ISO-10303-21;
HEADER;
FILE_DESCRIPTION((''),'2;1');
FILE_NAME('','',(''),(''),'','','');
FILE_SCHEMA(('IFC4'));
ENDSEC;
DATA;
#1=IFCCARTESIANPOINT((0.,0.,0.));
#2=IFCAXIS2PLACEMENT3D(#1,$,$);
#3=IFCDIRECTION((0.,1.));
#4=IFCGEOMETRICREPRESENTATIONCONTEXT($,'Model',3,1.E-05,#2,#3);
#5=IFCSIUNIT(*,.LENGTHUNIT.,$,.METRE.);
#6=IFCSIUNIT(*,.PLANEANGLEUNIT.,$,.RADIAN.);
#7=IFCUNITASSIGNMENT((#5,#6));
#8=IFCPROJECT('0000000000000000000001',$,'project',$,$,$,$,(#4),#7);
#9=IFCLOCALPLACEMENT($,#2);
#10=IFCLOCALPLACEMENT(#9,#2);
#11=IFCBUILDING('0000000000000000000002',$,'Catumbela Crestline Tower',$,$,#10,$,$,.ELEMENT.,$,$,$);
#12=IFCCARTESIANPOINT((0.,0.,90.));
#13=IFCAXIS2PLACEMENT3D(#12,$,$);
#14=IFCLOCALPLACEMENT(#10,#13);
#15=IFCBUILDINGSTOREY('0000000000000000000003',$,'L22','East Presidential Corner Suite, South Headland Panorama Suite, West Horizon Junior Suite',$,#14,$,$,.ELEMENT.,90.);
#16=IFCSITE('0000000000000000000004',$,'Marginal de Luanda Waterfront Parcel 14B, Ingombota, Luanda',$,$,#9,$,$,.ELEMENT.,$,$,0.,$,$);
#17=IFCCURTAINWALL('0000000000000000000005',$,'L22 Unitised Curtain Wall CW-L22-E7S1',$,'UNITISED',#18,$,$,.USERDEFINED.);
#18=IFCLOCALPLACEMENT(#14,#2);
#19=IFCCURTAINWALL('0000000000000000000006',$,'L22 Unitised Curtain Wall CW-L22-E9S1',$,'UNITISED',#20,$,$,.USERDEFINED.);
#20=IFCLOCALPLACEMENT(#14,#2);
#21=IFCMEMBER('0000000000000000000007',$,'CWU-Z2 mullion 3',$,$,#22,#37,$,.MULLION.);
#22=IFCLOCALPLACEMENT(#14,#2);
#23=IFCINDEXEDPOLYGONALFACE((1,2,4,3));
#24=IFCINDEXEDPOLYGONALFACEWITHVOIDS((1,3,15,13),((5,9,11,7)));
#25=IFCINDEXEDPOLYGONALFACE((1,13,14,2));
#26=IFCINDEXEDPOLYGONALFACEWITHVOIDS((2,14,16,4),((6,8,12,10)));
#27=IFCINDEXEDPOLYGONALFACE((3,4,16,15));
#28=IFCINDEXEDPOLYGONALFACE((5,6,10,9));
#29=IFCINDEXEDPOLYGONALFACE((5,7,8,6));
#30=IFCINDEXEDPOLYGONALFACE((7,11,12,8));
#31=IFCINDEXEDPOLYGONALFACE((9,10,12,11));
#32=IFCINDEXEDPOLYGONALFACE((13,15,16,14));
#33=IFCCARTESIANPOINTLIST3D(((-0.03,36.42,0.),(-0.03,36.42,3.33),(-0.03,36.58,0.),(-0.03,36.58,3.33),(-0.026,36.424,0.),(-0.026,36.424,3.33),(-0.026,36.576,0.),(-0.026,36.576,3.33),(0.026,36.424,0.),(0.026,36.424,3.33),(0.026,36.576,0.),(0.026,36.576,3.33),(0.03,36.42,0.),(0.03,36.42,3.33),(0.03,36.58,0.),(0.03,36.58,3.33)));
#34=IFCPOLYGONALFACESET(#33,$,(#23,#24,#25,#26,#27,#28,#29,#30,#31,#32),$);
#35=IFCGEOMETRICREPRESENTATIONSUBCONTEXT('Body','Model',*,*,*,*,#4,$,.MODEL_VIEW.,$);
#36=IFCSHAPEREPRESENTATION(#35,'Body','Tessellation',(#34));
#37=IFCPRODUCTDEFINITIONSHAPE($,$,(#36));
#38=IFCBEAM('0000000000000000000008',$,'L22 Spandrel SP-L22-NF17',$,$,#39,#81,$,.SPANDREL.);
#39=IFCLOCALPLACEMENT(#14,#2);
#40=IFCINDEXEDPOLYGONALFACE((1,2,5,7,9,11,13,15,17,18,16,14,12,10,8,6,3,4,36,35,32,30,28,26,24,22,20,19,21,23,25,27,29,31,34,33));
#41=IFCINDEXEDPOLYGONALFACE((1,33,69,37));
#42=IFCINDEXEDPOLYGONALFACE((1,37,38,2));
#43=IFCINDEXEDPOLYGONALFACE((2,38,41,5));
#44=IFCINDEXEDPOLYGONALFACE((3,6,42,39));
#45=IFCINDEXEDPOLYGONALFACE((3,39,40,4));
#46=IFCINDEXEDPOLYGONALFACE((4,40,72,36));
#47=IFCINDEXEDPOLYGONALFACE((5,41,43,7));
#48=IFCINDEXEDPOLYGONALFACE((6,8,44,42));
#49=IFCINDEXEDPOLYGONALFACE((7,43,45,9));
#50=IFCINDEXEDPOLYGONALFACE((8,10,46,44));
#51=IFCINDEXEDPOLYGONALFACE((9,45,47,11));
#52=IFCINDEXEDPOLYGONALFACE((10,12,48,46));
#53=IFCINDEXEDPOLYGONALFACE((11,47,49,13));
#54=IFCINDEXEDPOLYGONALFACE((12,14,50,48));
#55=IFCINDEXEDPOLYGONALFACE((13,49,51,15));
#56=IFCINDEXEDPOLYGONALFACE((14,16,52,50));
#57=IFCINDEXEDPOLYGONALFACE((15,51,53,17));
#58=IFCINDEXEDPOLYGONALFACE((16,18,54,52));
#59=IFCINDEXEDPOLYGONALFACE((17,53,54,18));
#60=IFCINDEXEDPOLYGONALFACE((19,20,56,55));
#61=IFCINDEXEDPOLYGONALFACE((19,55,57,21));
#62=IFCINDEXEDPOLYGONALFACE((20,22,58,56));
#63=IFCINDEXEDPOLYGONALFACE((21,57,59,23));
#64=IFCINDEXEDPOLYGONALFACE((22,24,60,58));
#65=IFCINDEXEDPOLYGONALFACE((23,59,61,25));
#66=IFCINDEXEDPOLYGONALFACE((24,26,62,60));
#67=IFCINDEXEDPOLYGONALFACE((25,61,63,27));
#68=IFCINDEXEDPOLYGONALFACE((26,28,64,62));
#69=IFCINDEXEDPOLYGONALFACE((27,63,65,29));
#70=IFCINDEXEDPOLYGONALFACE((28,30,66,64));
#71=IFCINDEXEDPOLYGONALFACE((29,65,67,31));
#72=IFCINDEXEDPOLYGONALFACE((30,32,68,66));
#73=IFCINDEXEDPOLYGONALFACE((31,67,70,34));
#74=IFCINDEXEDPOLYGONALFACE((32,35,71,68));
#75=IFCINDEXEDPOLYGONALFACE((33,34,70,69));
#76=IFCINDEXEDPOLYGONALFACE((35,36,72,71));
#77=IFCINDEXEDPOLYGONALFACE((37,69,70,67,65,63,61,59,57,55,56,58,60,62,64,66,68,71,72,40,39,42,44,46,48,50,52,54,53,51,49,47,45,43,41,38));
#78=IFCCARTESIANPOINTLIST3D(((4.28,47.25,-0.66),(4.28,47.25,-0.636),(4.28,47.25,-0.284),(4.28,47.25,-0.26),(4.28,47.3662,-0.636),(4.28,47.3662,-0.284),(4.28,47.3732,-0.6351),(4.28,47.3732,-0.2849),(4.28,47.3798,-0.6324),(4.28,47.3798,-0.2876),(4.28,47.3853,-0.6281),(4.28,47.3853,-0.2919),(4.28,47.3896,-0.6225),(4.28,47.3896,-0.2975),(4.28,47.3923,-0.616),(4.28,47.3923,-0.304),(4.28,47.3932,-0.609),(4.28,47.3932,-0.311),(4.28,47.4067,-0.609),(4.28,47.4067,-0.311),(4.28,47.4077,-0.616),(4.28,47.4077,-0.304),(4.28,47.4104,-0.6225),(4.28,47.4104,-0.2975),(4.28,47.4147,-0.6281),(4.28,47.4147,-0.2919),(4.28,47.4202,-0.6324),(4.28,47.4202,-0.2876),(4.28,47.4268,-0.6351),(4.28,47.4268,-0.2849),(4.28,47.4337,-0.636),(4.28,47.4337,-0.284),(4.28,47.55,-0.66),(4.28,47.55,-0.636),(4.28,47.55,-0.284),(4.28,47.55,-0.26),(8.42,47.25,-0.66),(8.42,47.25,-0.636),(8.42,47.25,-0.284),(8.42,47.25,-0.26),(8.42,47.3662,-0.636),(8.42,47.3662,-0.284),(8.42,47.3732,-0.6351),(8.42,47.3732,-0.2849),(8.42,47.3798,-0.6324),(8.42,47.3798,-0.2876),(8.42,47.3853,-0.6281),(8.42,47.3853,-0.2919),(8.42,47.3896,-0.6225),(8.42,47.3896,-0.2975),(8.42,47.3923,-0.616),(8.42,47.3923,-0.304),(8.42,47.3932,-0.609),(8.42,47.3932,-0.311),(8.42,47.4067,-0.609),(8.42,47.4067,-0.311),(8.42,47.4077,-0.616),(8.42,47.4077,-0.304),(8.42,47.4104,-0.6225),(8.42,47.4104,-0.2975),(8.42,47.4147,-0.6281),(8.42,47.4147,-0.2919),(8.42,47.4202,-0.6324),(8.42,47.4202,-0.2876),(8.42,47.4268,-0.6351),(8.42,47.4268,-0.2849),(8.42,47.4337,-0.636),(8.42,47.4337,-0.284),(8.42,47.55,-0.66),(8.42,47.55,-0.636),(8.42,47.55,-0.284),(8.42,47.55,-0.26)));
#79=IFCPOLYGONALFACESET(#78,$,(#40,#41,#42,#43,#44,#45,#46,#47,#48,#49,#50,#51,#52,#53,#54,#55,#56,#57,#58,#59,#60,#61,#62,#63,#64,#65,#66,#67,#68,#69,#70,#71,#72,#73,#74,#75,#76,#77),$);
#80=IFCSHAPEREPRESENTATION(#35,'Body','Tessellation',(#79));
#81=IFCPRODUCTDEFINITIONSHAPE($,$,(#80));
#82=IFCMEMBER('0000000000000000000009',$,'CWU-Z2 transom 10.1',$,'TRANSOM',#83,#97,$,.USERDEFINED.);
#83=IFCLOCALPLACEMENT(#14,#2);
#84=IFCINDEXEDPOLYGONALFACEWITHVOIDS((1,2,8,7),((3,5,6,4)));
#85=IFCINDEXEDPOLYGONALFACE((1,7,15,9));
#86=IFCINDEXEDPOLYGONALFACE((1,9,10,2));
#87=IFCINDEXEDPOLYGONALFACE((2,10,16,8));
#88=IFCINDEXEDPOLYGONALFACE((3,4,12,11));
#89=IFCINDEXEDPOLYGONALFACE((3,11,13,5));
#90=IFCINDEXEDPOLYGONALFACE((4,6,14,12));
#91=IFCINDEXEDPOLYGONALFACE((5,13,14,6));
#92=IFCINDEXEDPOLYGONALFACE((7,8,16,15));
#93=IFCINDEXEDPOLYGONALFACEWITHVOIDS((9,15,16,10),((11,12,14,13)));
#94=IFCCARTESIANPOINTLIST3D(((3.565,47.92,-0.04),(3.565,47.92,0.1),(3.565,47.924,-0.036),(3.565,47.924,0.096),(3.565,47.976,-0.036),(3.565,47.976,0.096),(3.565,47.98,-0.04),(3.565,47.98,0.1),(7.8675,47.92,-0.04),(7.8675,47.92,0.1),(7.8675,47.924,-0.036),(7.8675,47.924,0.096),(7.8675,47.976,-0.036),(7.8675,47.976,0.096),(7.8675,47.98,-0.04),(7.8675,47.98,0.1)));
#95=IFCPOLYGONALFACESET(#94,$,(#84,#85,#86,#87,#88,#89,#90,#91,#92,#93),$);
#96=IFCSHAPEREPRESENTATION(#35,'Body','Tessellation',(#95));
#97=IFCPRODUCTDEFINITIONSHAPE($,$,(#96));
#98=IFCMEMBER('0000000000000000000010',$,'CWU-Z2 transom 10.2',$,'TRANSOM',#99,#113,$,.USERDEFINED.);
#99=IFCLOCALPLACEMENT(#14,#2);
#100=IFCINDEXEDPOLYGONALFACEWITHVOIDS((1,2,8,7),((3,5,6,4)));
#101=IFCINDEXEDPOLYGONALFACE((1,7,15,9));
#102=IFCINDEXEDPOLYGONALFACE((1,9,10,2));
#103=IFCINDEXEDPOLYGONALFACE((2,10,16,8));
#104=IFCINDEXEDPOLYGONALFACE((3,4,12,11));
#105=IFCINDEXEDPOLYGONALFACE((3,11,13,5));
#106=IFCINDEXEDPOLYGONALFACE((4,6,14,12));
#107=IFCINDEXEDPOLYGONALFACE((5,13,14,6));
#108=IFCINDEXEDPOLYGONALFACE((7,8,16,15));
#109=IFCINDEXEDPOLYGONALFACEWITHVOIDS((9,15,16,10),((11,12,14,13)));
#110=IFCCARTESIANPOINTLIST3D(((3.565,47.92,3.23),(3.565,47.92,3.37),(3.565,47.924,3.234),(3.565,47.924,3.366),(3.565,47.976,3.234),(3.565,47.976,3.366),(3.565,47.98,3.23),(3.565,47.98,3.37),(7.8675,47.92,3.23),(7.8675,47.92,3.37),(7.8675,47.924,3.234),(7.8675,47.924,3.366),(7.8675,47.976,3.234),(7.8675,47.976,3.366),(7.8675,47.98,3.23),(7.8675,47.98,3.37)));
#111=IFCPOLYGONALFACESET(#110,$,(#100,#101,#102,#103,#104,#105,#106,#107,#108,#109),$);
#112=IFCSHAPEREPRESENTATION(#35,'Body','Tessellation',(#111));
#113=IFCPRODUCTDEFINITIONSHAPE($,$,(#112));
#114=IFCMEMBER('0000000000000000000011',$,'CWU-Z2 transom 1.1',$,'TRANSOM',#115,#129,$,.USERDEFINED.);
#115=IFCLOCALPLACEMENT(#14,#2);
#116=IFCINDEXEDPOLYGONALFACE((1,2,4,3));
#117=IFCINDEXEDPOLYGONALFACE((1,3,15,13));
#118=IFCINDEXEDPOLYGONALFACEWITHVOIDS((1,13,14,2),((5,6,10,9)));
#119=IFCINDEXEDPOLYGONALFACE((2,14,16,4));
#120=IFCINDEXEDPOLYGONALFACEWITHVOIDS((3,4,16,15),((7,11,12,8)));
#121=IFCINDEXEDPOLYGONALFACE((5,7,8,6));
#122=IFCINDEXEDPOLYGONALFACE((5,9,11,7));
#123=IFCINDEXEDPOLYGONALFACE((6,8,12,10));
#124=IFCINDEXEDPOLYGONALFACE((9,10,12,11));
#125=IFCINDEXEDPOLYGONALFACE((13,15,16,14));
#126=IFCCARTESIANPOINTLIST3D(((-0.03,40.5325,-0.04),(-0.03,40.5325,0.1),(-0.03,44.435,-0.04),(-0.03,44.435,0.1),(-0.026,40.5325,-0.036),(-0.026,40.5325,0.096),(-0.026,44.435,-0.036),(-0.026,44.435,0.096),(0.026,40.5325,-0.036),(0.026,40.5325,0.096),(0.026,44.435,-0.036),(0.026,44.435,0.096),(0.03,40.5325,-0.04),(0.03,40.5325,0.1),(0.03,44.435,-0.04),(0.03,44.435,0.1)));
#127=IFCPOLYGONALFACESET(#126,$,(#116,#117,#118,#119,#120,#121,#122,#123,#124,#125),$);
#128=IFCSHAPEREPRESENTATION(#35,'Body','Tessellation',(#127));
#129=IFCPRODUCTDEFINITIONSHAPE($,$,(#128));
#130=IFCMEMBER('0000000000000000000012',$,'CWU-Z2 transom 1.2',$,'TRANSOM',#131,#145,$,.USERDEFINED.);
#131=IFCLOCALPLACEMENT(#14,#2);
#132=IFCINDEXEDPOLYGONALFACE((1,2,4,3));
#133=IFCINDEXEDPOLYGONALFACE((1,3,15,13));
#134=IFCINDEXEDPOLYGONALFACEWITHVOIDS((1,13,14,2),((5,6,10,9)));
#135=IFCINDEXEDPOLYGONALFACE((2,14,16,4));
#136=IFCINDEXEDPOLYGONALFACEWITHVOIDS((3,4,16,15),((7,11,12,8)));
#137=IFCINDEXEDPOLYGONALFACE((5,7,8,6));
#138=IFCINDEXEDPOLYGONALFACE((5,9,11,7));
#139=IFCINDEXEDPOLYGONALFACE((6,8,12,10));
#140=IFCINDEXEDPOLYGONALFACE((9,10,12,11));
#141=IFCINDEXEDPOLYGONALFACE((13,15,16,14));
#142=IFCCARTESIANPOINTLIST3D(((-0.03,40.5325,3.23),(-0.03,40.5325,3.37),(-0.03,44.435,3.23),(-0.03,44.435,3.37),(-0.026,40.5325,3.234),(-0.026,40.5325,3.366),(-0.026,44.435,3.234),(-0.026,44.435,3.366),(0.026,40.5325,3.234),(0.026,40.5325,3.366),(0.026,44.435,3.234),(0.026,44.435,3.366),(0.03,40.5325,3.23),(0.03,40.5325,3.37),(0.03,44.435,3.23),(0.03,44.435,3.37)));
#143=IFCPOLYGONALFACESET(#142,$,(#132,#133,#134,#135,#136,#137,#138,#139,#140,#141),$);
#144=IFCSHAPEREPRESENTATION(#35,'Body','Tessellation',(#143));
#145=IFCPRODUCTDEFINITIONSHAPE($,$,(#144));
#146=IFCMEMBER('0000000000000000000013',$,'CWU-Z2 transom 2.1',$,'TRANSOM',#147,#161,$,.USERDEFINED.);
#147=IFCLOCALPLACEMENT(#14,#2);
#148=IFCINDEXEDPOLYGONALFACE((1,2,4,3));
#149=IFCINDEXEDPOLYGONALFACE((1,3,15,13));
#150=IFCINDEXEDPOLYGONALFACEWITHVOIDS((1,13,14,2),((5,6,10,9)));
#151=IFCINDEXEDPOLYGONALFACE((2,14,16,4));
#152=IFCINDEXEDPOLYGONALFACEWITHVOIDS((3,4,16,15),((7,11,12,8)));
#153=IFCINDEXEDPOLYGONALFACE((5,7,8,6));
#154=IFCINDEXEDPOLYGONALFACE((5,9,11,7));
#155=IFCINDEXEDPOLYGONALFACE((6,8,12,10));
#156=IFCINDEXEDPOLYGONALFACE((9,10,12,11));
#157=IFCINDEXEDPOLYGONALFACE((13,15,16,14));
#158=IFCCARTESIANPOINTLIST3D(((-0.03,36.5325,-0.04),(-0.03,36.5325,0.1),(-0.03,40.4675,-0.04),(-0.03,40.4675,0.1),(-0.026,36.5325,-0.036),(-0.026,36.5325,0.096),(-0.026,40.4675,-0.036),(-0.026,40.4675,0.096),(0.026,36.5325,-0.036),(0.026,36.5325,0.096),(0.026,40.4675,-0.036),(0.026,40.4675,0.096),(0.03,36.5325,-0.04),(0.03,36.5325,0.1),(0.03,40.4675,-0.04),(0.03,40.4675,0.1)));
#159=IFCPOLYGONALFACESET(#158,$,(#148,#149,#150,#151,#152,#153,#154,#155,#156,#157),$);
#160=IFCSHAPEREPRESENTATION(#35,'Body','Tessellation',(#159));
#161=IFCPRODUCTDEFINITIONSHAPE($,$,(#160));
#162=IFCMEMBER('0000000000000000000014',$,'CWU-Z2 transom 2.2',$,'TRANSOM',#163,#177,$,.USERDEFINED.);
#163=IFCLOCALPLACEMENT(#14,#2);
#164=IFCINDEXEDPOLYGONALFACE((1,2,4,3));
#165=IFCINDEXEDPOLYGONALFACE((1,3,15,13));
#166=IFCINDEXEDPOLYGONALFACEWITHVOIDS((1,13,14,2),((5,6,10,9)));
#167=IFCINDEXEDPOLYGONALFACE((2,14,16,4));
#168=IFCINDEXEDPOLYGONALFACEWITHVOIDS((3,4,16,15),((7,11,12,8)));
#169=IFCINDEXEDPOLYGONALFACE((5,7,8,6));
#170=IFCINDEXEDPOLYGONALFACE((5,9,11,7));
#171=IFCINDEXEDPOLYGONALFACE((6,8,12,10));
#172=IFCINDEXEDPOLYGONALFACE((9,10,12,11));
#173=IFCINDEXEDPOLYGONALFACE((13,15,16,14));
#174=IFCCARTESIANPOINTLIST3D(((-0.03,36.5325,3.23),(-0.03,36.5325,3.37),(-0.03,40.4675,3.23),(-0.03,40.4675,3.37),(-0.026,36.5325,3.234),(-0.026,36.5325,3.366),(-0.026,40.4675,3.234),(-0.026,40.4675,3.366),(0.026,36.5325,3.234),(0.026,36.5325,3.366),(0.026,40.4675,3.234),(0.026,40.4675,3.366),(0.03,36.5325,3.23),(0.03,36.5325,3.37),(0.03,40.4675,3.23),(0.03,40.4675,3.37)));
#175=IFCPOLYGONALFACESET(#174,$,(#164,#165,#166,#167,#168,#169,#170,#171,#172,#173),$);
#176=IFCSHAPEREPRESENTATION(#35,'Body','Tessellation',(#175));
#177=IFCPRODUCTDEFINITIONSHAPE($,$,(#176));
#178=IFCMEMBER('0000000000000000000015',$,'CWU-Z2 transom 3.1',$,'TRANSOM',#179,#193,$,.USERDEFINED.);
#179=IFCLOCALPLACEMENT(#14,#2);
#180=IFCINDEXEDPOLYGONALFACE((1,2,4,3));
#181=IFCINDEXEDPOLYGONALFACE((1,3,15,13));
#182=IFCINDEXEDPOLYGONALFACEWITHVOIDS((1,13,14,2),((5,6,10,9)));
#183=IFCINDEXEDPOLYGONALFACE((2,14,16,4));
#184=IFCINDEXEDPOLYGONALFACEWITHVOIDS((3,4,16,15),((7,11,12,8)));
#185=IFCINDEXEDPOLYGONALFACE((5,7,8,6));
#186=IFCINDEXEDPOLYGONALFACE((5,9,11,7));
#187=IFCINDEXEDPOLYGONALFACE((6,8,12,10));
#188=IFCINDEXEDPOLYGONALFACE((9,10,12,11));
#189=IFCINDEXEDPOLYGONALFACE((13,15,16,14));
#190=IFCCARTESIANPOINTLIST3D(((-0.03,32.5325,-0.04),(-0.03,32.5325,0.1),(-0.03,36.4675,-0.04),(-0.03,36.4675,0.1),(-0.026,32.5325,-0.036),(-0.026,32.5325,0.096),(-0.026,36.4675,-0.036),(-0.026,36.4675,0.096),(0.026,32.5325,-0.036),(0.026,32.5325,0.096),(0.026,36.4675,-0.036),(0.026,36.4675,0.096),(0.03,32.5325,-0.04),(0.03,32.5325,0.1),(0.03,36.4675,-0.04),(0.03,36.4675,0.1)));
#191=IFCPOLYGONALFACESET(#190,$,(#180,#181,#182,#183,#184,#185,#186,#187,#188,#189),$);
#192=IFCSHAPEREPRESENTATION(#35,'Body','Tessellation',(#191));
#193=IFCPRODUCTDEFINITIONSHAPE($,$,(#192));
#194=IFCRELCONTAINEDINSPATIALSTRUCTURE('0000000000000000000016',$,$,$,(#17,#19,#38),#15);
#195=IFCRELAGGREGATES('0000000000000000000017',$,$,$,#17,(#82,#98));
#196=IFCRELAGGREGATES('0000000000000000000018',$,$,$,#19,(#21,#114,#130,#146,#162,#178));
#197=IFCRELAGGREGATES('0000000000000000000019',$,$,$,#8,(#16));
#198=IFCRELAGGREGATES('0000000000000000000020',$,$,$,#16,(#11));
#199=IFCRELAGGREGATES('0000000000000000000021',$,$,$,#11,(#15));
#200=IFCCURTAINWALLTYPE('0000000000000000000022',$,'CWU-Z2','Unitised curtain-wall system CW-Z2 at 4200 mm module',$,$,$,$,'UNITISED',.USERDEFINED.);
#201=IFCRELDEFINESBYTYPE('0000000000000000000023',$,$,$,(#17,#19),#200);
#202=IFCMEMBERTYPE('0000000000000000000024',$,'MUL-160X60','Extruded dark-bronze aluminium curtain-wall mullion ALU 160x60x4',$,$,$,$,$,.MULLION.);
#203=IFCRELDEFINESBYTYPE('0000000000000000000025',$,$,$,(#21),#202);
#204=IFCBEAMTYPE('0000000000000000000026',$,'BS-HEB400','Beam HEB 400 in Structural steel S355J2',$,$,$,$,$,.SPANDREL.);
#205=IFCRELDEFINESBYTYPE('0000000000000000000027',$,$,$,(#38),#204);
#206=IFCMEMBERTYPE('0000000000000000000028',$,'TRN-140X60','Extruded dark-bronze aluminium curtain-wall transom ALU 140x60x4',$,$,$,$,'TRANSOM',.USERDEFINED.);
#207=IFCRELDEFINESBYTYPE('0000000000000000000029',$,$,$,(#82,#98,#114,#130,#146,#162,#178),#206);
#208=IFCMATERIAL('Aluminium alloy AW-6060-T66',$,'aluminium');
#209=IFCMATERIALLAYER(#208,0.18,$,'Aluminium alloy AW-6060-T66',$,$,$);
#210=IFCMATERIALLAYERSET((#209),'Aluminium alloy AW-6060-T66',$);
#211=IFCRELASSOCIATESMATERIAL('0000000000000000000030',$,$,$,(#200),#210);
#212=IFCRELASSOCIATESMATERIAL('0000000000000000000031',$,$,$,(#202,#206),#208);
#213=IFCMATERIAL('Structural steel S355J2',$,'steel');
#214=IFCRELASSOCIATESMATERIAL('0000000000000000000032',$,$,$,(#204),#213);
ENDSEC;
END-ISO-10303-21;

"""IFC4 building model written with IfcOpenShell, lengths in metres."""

from ifc_helpers import new_model, si_unit, direction, frame, origin, origin_2d, place, context, subcontext, project, spatial, hollow_rectangle, i_section, extrude, material, layer, layer_set, material_profile, profile_set, type_object, element, aggregate, save


model = new_model("IFC4")

# Units and contexts
model_context = context("Model", 3, precision=1e-05, world=origin(), true_north=direction((0.0, 1.0)))
body_context = subcontext(model_context, "Body", "Model", "MODEL_VIEW")
ifc_project = project(units=[si_unit("LENGTHUNIT", "METRE"), si_unit("PLANEANGLEUNIT", "RADIAN")], contexts=[model_context])

# Site, building, storey
site_placement = place(None, origin())
site = spatial("IfcSite", under=ifc_project, at=site_placement, Name="Marginal de Luanda Waterfront Parcel 14B, Ingombota, Luanda", CompositionType="ELEMENT", RefElevation=0.0)
building_placement = place(site_placement, origin())
building = spatial("IfcBuilding", under=site, at=building_placement, Name="Catumbela Crestline Tower", CompositionType="ELEMENT")
storey_placement = place(building_placement, frame((0.0, 0.0, 90.0)))
storey = spatial("IfcBuildingStorey", under=building, at=storey_placement, Name="L22", Description="East Presidential Corner Suite, South Headland Panorama Suite, West Horizon Junior Suite", CompositionType="ELEMENT", Elevation=90.0)

# Shared definitions
ifc_material_1 = material(Name="Structural steel S355J2", Category="steel")

# Curtain wall
ifc_material_2 = material(Name="Aluminium alloy AW-6060-T66", Category="aluminium")
ifc_layer_1 = layer(ifc_material_2, 0.18, Name="Aluminium alloy AW-6060-T66")
ifc_layer_set_1 = layer_set([ifc_layer_1], Name="Aluminium alloy AW-6060-T66")
curtain_wall_type = type_object("IfcCurtainWallType", Name="CWU-Z2", Description="Unitised curtain-wall system CW-Z2 at 4200 mm module", ElementType="UNITISED", PredefinedType="USERDEFINED", material=ifc_layer_set_1)
curtain_wall_1_placement = place(storey_placement, origin())
curtain_wall_1 = element("IfcCurtainWall", 1, at=curtain_wall_1_placement, inside=storey, type_object=curtain_wall_type, Name="L22 Unitised Curtain Wall CW-L22-E7S1", ObjectType="UNITISED", PredefinedType="USERDEFINED")
ifc_material_profile_1 = material_profile(ifc_material_2, hollow_rectangle(XDim=0.06, YDim=0.16, WallThickness=0.004, at=origin_2d()), Name="ALU 160x60x4")
ifc_profile_set_1 = profile_set([ifc_material_profile_1], Name="Aluminium alloy AW-6060-T66")
member_type_1 = type_object("IfcMemberType", Name="MUL-160X60", Description="Extruded dark-bronze aluminium curtain-wall mullion ALU 160x60x4", PredefinedType="MULLION", material=ifc_profile_set_1)

# Curtain wall, member
curtain_wall_2_placement = place(storey_placement, origin())
curtain_wall_2 = element("IfcCurtainWall", 2, at=curtain_wall_2_placement, inside=storey, type_object=curtain_wall_type, Name="L22 Unitised Curtain Wall CW-L22-E9S1", ObjectType="UNITISED", PredefinedType="USERDEFINED")
member_1_placement = place(storey_placement, frame((0.0, 36.5, 0.0), z_axis=(0.0, 0.0, 1.0), x_axis=(1.0, 0.0, 0.0)))
member_1 = element("IfcMember", 3, at=member_1_placement, type_object=member_type_1, Name="CWU-Z2 mullion 3", PredefinedType="MULLION", context=body_context, shape_type="SweptSolid", body=[
    extrude(hollow_rectangle(XDim=0.06, YDim=0.16, WallThickness=0.004, at=origin_2d()), origin(), (0.0, 0.0, 1.0), 3.33),
])

# Beam
ifc_material_profile_2 = material_profile(ifc_material_1, i_section(OverallWidth=0.3, OverallDepth=0.4, WebThickness=0.0135, FlangeThickness=0.024, FilletRadius=0.027, at=origin_2d()), Name="HEB 400")
ifc_profile_set_2 = profile_set([ifc_material_profile_2], Name="Structural steel S355J2")
beam_type_1 = type_object("IfcBeamType", Name="BS-HEB400", Description="Beam HEB 400 in Structural steel S355J2", PredefinedType="SPANDREL", material=ifc_profile_set_2)
beam_1_placement = place(storey_placement, frame((4.28, 47.4, -0.46), z_axis=(1.0, 0.0, 0.0), x_axis=(0.0, 1.0, 0.0)))
element("IfcBeam", 4, at=beam_1_placement, inside=storey, type_object=beam_type_1, Name="L22 Spandrel SP-L22-NF17", PredefinedType="SPANDREL", context=body_context, shape_type="SweptSolid", body=[
    extrude(i_section(OverallWidth=0.3, OverallDepth=0.4, WebThickness=0.0135, FlangeThickness=0.024, FilletRadius=0.027, at=origin_2d()), origin(), (0.0, 0.0, 1.0), 4.14),
])

# Members
ifc_material_profile_3 = material_profile(ifc_material_2, hollow_rectangle(XDim=0.06, YDim=0.14, WallThickness=0.004, at=origin_2d()), Name="ALU 140x60x4")
ifc_profile_set_3 = profile_set([ifc_material_profile_3], Name="Aluminium alloy AW-6060-T66")
member_type_2 = type_object("IfcMemberType", Name="TRN-140X60", Description="Extruded dark-bronze aluminium curtain-wall transom ALU 140x60x4", ElementType="TRANSOM", PredefinedType="USERDEFINED", material=ifc_profile_set_3)
member_2_placement = place(storey_placement, frame((7.8675, 47.95, 0.03), z_axis=(-1.0, 0.0, 0.0), x_axis=(0.0, -1.0, 0.0)))
member_2 = element("IfcMember", 5, at=member_2_placement, type_object=member_type_2, Name="CWU-Z2 transom 10.1", ObjectType="TRANSOM", PredefinedType="USERDEFINED", context=body_context, shape_type="SweptSolid", body=[
    extrude(hollow_rectangle(XDim=0.06, YDim=0.14, WallThickness=0.004, at=origin_2d()), origin(), (0.0, 0.0, 1.0), 4.3025),
])
member_3_placement = place(storey_placement, frame((7.8675, 47.95, 3.3), z_axis=(-1.0, 0.0, 0.0), x_axis=(0.0, -1.0, 0.0)))
member_3 = element("IfcMember", 6, at=member_3_placement, type_object=member_type_2, Name="CWU-Z2 transom 10.2", ObjectType="TRANSOM", PredefinedType="USERDEFINED", context=body_context, shape_type="SweptSolid", body=[
    extrude(hollow_rectangle(XDim=0.06, YDim=0.14, WallThickness=0.004, at=origin_2d()), origin(), (0.0, 0.0, 1.0), 4.3025),
])
member_4_placement = place(storey_placement, frame((0.0, 44.435, 0.03), z_axis=(0.0, -1.0, 0.0), x_axis=(1.0, 0.0, 0.0)))
member_4 = element("IfcMember", 7, at=member_4_placement, type_object=member_type_2, Name="CWU-Z2 transom 1.1", ObjectType="TRANSOM", PredefinedType="USERDEFINED", context=body_context, shape_type="SweptSolid", body=[
    extrude(hollow_rectangle(XDim=0.06, YDim=0.14, WallThickness=0.004, at=origin_2d()), origin(), (0.0, 0.0, 1.0), 3.9025),
])
member_5_placement = place(storey_placement, frame((0.0, 44.435, 3.3), z_axis=(0.0, -1.0, 0.0), x_axis=(1.0, 0.0, 0.0)))
member_5 = element("IfcMember", 8, at=member_5_placement, type_object=member_type_2, Name="CWU-Z2 transom 1.2", ObjectType="TRANSOM", PredefinedType="USERDEFINED", context=body_context, shape_type="SweptSolid", body=[
    extrude(hollow_rectangle(XDim=0.06, YDim=0.14, WallThickness=0.004, at=origin_2d()), origin(), (0.0, 0.0, 1.0), 3.9025),
])
member_6_placement = place(storey_placement, frame((0.0, 40.4675, 0.03), z_axis=(0.0, -1.0, 0.0), x_axis=(1.0, 0.0, 0.0)))
member_6 = element("IfcMember", 9, at=member_6_placement, type_object=member_type_2, Name="CWU-Z2 transom 2.1", ObjectType="TRANSOM", PredefinedType="USERDEFINED", context=body_context, shape_type="SweptSolid", body=[
    extrude(hollow_rectangle(XDim=0.06, YDim=0.14, WallThickness=0.004, at=origin_2d()), origin(), (0.0, 0.0, 1.0), 3.935),
])
member_7_placement = place(storey_placement, frame((0.0, 40.4675, 3.3), z_axis=(0.0, -1.0, 0.0), x_axis=(1.0, 0.0, 0.0)))
member_7 = element("IfcMember", 10, at=member_7_placement, type_object=member_type_2, Name="CWU-Z2 transom 2.2", ObjectType="TRANSOM", PredefinedType="USERDEFINED", context=body_context, shape_type="SweptSolid", body=[
    extrude(hollow_rectangle(XDim=0.06, YDim=0.14, WallThickness=0.004, at=origin_2d()), origin(), (0.0, 0.0, 1.0), 3.935),
])
member_8_placement = place(storey_placement, frame((0.0, 36.4675, 0.03), z_axis=(0.0, -1.0, 0.0), x_axis=(1.0, 0.0, 0.0)))
member_8 = element("IfcMember", 11, at=member_8_placement, type_object=member_type_2, Name="CWU-Z2 transom 3.1", ObjectType="TRANSOM", PredefinedType="USERDEFINED", context=body_context, shape_type="SweptSolid", body=[
    extrude(hollow_rectangle(XDim=0.06, YDim=0.14, WallThickness=0.004, at=origin_2d()), origin(), (0.0, 0.0, 1.0), 3.935),
])

aggregate(curtain_wall_1, [member_2, member_3])
aggregate(curtain_wall_2, [member_1, member_4, member_5, member_6, member_7, member_8])

save(model, "model.ifc")
